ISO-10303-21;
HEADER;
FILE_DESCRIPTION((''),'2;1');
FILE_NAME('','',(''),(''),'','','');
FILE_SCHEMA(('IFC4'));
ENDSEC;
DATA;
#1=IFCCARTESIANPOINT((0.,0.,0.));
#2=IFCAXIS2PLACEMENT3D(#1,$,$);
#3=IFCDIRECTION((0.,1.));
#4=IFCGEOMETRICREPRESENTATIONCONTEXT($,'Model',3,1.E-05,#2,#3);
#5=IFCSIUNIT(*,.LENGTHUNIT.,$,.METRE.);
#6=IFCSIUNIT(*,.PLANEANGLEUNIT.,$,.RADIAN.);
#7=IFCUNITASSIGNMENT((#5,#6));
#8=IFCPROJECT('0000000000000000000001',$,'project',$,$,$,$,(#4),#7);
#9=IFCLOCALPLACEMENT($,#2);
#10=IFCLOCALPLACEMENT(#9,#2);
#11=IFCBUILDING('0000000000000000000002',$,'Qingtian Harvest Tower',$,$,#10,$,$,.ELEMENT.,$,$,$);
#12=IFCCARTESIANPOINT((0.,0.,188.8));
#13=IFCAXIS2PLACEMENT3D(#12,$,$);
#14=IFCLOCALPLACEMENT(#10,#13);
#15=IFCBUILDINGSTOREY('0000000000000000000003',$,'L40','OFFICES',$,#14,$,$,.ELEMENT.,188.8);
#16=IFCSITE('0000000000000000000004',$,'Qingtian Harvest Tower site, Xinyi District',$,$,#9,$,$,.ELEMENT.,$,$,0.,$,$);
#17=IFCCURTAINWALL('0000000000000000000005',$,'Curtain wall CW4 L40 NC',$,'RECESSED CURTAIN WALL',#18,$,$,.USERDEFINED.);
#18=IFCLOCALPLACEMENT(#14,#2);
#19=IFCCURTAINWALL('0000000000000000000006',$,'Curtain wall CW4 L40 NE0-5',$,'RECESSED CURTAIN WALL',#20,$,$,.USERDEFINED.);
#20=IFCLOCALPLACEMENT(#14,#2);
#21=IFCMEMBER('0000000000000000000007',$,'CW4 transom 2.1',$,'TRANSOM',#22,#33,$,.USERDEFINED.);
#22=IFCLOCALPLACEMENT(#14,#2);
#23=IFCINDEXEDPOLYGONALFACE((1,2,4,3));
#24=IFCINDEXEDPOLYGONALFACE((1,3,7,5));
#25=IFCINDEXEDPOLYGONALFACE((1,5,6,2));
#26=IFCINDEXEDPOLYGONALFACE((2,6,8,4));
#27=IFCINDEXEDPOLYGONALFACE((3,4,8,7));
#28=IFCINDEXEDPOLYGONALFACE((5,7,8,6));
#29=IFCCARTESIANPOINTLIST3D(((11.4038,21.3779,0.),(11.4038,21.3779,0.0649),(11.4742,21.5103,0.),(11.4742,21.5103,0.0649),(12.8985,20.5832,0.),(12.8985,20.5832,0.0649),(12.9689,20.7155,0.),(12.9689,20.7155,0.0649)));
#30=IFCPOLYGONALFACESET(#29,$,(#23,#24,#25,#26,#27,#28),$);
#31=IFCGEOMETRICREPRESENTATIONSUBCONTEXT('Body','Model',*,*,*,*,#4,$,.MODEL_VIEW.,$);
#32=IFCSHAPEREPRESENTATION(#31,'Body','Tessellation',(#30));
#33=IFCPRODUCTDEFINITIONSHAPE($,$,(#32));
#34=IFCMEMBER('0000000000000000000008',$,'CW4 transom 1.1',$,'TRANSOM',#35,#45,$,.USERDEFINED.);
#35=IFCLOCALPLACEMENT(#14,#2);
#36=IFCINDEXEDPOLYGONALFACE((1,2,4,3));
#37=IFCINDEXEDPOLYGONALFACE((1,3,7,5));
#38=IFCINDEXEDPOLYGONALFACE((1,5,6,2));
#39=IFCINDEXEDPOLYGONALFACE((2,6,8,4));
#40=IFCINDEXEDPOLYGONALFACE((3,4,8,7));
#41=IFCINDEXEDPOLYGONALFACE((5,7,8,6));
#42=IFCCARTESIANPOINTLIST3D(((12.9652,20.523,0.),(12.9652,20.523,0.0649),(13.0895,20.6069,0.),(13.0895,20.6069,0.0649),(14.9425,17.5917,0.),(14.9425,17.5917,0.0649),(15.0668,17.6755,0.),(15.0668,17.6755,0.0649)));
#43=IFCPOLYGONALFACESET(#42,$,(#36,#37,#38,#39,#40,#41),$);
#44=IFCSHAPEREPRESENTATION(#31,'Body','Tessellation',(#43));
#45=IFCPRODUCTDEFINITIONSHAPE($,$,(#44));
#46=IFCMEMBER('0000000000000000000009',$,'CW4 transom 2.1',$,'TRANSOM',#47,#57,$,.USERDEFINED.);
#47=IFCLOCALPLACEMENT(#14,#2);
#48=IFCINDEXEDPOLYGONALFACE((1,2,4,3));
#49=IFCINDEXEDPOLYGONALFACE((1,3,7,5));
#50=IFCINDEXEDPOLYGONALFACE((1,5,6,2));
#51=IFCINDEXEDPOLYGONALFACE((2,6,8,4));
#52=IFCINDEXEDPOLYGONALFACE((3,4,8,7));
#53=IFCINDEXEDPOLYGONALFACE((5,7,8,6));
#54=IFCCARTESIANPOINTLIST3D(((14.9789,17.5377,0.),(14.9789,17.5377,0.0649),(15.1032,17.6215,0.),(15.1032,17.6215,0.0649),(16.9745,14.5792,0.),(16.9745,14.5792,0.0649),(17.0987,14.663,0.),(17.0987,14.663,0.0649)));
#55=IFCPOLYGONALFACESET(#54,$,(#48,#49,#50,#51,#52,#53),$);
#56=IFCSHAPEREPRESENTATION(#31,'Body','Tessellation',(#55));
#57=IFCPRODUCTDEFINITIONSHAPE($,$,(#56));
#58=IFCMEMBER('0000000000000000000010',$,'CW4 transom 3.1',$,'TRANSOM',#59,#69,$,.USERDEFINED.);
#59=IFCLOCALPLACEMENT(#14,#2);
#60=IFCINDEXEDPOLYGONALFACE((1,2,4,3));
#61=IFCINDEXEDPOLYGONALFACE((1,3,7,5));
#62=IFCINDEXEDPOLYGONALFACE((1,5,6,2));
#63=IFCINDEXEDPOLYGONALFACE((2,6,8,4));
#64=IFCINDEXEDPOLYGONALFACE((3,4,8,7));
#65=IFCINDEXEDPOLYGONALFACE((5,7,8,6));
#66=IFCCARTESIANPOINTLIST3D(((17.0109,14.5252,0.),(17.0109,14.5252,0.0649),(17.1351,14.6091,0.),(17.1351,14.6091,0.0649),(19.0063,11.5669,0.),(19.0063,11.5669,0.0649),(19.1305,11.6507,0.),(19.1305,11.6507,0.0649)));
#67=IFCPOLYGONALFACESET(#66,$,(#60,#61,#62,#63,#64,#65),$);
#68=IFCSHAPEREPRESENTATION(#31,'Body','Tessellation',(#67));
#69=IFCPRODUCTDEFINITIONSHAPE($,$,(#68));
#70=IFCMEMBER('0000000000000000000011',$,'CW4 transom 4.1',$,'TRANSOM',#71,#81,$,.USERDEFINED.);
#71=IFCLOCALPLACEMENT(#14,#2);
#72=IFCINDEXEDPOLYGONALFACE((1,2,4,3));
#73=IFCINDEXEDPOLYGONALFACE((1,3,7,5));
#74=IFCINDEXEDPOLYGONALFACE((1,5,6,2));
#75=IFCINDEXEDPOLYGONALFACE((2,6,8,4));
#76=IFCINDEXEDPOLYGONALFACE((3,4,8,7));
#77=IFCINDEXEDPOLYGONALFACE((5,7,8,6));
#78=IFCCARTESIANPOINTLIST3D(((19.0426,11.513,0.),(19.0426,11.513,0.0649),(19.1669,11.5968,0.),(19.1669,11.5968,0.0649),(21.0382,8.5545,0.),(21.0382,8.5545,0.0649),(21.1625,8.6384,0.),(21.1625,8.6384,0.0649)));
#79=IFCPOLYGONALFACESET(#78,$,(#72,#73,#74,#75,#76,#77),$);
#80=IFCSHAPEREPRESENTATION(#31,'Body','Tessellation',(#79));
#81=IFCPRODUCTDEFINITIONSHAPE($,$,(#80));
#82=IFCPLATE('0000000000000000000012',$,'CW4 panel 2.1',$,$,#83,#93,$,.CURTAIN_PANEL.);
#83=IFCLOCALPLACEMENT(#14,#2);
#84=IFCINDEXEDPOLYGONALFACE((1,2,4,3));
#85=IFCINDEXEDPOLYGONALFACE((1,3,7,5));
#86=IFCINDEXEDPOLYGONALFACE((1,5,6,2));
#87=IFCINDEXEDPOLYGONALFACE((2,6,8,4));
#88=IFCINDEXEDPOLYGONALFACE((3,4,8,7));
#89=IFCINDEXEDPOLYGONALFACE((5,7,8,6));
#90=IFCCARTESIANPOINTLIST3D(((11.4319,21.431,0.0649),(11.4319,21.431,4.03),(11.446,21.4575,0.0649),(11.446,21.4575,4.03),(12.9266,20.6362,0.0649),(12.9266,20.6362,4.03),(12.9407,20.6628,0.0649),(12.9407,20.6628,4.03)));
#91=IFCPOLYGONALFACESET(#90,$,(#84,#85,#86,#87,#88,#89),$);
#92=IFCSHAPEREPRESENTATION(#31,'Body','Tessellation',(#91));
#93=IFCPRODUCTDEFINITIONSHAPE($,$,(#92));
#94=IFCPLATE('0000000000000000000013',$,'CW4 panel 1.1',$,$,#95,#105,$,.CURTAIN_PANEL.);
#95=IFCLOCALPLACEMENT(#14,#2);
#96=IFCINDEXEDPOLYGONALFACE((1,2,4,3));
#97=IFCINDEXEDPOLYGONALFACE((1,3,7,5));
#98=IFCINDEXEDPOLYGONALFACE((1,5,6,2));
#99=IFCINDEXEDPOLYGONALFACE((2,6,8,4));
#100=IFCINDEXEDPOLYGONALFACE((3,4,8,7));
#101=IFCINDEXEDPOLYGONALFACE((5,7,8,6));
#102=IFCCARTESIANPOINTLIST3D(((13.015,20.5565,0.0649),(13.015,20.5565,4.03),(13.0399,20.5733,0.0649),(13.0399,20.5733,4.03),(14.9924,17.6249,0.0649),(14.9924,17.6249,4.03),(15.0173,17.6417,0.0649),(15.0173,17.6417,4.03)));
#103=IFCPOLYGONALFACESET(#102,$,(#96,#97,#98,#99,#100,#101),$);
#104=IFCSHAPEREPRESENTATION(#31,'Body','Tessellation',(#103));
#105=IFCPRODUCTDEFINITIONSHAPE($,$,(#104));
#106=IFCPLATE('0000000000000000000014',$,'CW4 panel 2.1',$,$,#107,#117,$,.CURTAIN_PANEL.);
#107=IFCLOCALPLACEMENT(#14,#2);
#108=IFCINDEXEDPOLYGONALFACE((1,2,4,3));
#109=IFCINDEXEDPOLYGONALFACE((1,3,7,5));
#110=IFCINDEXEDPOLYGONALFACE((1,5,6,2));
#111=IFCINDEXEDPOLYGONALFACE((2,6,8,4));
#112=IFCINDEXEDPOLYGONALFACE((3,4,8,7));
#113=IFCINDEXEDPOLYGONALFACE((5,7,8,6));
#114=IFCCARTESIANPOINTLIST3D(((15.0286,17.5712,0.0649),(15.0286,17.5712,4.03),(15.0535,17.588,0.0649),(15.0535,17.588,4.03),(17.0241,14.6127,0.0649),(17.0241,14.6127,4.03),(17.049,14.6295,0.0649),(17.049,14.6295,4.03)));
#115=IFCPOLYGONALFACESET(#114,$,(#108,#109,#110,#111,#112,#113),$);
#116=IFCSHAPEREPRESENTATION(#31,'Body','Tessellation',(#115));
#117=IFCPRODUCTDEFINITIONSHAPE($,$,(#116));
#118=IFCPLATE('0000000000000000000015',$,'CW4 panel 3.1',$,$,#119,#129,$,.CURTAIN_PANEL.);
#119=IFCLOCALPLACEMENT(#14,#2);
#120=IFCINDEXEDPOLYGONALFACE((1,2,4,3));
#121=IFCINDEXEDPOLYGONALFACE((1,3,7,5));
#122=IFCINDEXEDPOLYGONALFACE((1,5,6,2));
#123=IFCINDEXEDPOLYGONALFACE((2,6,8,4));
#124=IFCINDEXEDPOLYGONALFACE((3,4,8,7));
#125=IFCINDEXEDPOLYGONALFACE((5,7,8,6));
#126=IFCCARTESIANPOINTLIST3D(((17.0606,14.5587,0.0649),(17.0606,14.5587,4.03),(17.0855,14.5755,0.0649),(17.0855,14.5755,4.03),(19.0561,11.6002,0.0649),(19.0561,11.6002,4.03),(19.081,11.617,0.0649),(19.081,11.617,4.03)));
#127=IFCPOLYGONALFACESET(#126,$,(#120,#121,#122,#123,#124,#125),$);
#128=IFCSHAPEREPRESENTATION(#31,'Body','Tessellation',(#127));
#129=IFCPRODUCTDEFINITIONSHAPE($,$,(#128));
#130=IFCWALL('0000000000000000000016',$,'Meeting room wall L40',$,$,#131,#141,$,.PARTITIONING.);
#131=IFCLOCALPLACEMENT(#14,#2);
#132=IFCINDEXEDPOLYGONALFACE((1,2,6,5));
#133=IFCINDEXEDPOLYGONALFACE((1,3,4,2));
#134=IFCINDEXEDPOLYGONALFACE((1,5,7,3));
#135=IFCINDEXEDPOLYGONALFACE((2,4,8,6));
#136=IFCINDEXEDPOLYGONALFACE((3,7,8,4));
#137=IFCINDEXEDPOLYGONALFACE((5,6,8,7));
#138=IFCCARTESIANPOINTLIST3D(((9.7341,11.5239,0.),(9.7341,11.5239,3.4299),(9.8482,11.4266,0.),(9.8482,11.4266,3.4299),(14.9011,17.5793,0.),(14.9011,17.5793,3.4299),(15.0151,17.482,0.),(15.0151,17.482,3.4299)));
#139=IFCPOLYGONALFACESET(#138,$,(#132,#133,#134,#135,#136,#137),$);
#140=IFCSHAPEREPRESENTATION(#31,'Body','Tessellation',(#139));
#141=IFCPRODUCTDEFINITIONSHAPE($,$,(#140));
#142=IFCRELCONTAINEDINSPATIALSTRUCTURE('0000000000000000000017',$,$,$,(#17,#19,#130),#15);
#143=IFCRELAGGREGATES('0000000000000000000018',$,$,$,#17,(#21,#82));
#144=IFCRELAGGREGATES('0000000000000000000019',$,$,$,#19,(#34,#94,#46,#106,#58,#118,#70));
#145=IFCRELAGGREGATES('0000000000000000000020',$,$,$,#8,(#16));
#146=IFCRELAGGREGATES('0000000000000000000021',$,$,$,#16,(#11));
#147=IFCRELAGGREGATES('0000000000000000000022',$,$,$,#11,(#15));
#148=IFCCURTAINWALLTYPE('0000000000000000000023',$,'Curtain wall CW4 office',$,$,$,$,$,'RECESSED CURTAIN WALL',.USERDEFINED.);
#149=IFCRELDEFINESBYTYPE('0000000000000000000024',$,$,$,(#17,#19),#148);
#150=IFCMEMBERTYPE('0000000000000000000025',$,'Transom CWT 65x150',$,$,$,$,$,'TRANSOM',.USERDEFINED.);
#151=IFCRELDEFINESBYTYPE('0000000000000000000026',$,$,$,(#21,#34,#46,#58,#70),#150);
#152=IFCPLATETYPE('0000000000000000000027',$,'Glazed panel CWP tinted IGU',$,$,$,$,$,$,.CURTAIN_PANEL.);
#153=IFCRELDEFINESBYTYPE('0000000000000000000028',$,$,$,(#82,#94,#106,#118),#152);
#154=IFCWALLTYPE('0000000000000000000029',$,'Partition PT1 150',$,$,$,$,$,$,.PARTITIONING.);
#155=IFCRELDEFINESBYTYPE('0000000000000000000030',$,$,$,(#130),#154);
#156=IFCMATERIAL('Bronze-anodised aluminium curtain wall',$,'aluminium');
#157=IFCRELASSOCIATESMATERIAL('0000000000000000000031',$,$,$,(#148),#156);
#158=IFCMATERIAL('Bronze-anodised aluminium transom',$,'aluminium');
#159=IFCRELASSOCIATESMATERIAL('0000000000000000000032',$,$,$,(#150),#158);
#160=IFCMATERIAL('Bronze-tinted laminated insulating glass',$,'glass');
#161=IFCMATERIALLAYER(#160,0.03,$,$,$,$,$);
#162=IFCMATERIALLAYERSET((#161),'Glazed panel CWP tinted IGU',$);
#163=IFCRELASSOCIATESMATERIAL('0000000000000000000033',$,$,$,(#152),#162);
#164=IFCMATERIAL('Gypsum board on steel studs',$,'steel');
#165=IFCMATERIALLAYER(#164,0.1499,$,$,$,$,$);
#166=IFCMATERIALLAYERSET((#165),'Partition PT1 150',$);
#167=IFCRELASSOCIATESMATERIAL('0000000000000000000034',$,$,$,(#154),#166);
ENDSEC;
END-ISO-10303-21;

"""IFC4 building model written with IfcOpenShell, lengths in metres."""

from ifc_helpers import new_model, si_unit, direction, frame, frame_2d, origin, origin_2d, place, context, subcontext, project, spatial, rectangle, extrude, material, layer, layer_set, material_profile, profile_set, type_object, element, aggregate, save


model = new_model("IFC4")

# Units and contexts
model_context = context("Model", 3, precision=1e-05, world=origin(), true_north=direction((0.0, 1.0)))
body_context = subcontext(model_context, "Body", "Model", "MODEL_VIEW")
ifc_project = project(units=[si_unit("LENGTHUNIT", "METRE"), si_unit("PLANEANGLEUNIT", "RADIAN")], contexts=[model_context])

# Site, building, storey
site_placement = place(None, origin())
site = spatial("IfcSite", under=ifc_project, at=site_placement, Name="Qingtian Harvest Tower site, Xinyi District", CompositionType="ELEMENT", RefElevation=0.0)
building_placement = place(site_placement, origin())
building = spatial("IfcBuilding", under=site, at=building_placement, Name="Qingtian Harvest Tower", CompositionType="ELEMENT")
storey_placement = place(building_placement, frame((0.0, 0.0, 188.8)))
storey = spatial("IfcBuildingStorey", under=building, at=storey_placement, Name="L40", Description="OFFICES", CompositionType="ELEMENT", Elevation=188.8)

# Curtain wall
ifc_material_1 = material(Name="Bronze-anodised aluminium curtain wall", Category="aluminium")
curtain_wall_type = type_object("IfcCurtainWallType", Name="Curtain wall CW4 office", ElementType="RECESSED CURTAIN WALL", PredefinedType="USERDEFINED", material=ifc_material_1)
curtain_wall_1_placement = place(storey_placement, origin())
curtain_wall_1 = element("IfcCurtainWall", 1, at=curtain_wall_1_placement, inside=storey, type_object=curtain_wall_type, Name="Curtain wall CW4 L40 NC", ObjectType="RECESSED CURTAIN WALL", PredefinedType="USERDEFINED")

# Curtain wall
curtain_wall_2_placement = place(storey_placement, origin())
curtain_wall_2 = element("IfcCurtainWall", 2, at=curtain_wall_2_placement, inside=storey, type_object=curtain_wall_type, Name="Curtain wall CW4 L40 NE0-5", ObjectType="RECESSED CURTAIN WALL", PredefinedType="USERDEFINED")

# Members
ifc_material_2 = material(Name="Bronze-anodised aluminium transom", Category="aluminium")
ifc_material_profile_1 = material_profile(ifc_material_2, rectangle(XDim=0.1499, YDim=0.0649, at=origin_2d()), Name="AL 65x150")
ifc_profile_set_1 = profile_set([ifc_material_profile_1], Name="Bronze-anodised aluminium transom")
member_type_1 = type_object("IfcMemberType", Name="Transom CWT 65x150", ElementType="TRANSOM", PredefinedType="USERDEFINED", material=ifc_profile_set_1)
member_1_placement = place(storey_placement, frame((11.439, 21.4441, 0.0325), z_axis=(0.882955, -0.469457, 0.0), x_axis=(0.469457, 0.882955, 0.0)))
member_1 = element("IfcMember", 3, at=member_1_placement, type_object=member_type_1, Name="CW4 transom 2.1", ObjectType="TRANSOM", PredefinedType="USERDEFINED", context=body_context, shape_type="SweptSolid", body=[
    extrude(rectangle(XDim=0.1499, YDim=0.0649, at=origin_2d()), origin(), (0.0, 0.0, 1.0), 1.6929),
])
member_2_placement = place(storey_placement, frame((13.0273, 20.5649, 0.0325), z_axis=(0.559201, -0.829032, 0.0), x_axis=(0.829032, 0.559201, 0.0)))
member_2 = element("IfcMember", 4, at=member_2_placement, type_object=member_type_1, Name="CW4 transom 1.1", ObjectType="TRANSOM", PredefinedType="USERDEFINED", context=body_context, shape_type="SweptSolid", body=[
    extrude(rectangle(XDim=0.1499, YDim=0.0649, at=origin_2d()), origin(), (0.0, 0.0, 1.0), 3.5359),
])
member_3_placement = place(storey_placement, frame((15.041, 17.5796, 0.0325), z_axis=(0.559207, -0.829028, 0.0), x_axis=(0.829028, 0.559207, 0.0)))
member_3 = element("IfcMember", 5, at=member_3_placement, type_object=member_type_1, Name="CW4 transom 2.1", ObjectType="TRANSOM", PredefinedType="USERDEFINED", context=body_context, shape_type="SweptSolid", body=[
    extrude(rectangle(XDim=0.1499, YDim=0.0649, at=origin_2d()), origin(), (0.0, 0.0, 1.0), 3.5686),
])
member_4_placement = place(storey_placement, frame((17.073, 14.5671, 0.0325), z_axis=(0.559192, -0.829038, 0.0), x_axis=(0.829038, 0.559192, 0.0)))
member_4 = element("IfcMember", 6, at=member_4_placement, type_object=member_type_1, Name="CW4 transom 3.1", ObjectType="TRANSOM", PredefinedType="USERDEFINED", context=body_context, shape_type="SweptSolid", body=[
    extrude(rectangle(XDim=0.1499, YDim=0.0649, at=origin_2d()), origin(), (0.0, 0.0, 1.0), 3.5684),
])
member_5_placement = place(storey_placement, frame((19.1047, 11.5549, 0.0325), z_axis=(0.559207, -0.829028, 0.0), x_axis=(0.829028, 0.559207, 0.0)))
member_5 = element("IfcMember", 7, at=member_5_placement, type_object=member_type_1, Name="CW4 transom 4.1", ObjectType="TRANSOM", PredefinedType="USERDEFINED", context=body_context, shape_type="SweptSolid", body=[
    extrude(rectangle(XDim=0.1499, YDim=0.0649, at=origin_2d()), origin(), (0.0, 0.0, 1.0), 3.5686),
])

# Plates
ifc_material_3 = material(Name="Bronze-tinted laminated insulating glass", Category="glass")
ifc_layer_1 = layer(ifc_material_3, 0.03)
ifc_layer_set_1 = layer_set([ifc_layer_1], Name="Glazed panel CWP tinted IGU")
plate_type = type_object("IfcPlateType", Name="Glazed panel CWP tinted IGU", PredefinedType="CURTAIN_PANEL", material=ifc_layer_set_1)
plate_1_placement = place(storey_placement, frame((12.1863, 21.0469, 0.0649), z_axis=(0.0, 0.0, 1.0), x_axis=(0.882948, -0.469472, 0.0)))
plate_1 = element("IfcPlate", 8, at=plate_1_placement, type_object=plate_type, Name="CW4 panel 2.1", PredefinedType="CURTAIN_PANEL", context=body_context, shape_type="SweptSolid", body=[
    extrude(rectangle(XDim=1.6929, YDim=0.03, at=origin_2d()), origin(), (0.0, 0.0, 1.0), 3.9651),
])
aggregate(curtain_wall_1, [member_1, plate_1])
plate_2_placement = place(storey_placement, frame((14.0161, 19.0991, 0.0649), z_axis=(0.0, 0.0, 1.0), x_axis=(0.559193, -0.829038, 0.0)))
plate_2 = element("IfcPlate", 9, at=plate_2_placement, type_object=plate_type, Name="CW4 panel 1.1", PredefinedType="CURTAIN_PANEL", context=body_context, shape_type="SweptSolid", body=[
    extrude(rectangle(XDim=3.5361, YDim=0.03, at=origin_2d()), origin(), (0.0, 0.0, 1.0), 3.9651),
])
plate_3_placement = place(storey_placement, frame((16.0388, 16.1003, 0.0649), z_axis=(0.0, 0.0, 1.0), x_axis=(0.559193, -0.829038, 0.0)))
plate_3 = element("IfcPlate", 10, at=plate_3_placement, type_object=plate_type, Name="CW4 panel 2.1", PredefinedType="CURTAIN_PANEL", context=body_context, shape_type="SweptSolid", body=[
    extrude(rectangle(XDim=3.5686, YDim=0.03, at=origin_2d()), origin(), (0.0, 0.0, 1.0), 3.9651),
])
plate_4_placement = place(storey_placement, frame((18.0708, 13.0879, 0.0649), z_axis=(0.0, 0.0, 1.0), x_axis=(0.559193, -0.829038, 0.0)))
plate_4 = element("IfcPlate", 11, at=plate_4_placement, type_object=plate_type, Name="CW4 panel 3.1", PredefinedType="CURTAIN_PANEL", context=body_context, shape_type="SweptSolid", body=[
    extrude(rectangle(XDim=3.5686, YDim=0.03, at=origin_2d()), origin(), (0.0, 0.0, 1.0), 3.9651),
])
aggregate(curtain_wall_2, [member_2, plate_2, member_3, plate_3, member_4, plate_4, member_5])

# Wall
ifc_material_4 = material(Name="Gypsum board on steel studs", Category="steel")
ifc_layer_2 = layer(ifc_material_4, 0.1499)
ifc_layer_set_2 = layer_set([ifc_layer_2], Name="Partition PT1 150")
wall_type = type_object("IfcWallType", Name="Partition PT1 150", PredefinedType="PARTITIONING", material=ifc_layer_set_2)
wall_placement = place(storey_placement, frame((14.958, 17.5305, 0.0), z_axis=(0.0, 0.0, 1.0), x_axis=(-0.649098, -0.760705, 0.0)))
element("IfcWall", 12, at=wall_placement, inside=storey, type_object=wall_type, Name="Meeting room wall L40", PredefinedType="PARTITIONING", context=body_context, shape_type="SweptSolid", body=[
    extrude(rectangle(XDim=7.9602, YDim=0.1499, at=frame_2d((3.98, 0.0))), origin(), (0.0, 0.0, 1.0), 3.4299),
])

save(model, "model.ifc")
